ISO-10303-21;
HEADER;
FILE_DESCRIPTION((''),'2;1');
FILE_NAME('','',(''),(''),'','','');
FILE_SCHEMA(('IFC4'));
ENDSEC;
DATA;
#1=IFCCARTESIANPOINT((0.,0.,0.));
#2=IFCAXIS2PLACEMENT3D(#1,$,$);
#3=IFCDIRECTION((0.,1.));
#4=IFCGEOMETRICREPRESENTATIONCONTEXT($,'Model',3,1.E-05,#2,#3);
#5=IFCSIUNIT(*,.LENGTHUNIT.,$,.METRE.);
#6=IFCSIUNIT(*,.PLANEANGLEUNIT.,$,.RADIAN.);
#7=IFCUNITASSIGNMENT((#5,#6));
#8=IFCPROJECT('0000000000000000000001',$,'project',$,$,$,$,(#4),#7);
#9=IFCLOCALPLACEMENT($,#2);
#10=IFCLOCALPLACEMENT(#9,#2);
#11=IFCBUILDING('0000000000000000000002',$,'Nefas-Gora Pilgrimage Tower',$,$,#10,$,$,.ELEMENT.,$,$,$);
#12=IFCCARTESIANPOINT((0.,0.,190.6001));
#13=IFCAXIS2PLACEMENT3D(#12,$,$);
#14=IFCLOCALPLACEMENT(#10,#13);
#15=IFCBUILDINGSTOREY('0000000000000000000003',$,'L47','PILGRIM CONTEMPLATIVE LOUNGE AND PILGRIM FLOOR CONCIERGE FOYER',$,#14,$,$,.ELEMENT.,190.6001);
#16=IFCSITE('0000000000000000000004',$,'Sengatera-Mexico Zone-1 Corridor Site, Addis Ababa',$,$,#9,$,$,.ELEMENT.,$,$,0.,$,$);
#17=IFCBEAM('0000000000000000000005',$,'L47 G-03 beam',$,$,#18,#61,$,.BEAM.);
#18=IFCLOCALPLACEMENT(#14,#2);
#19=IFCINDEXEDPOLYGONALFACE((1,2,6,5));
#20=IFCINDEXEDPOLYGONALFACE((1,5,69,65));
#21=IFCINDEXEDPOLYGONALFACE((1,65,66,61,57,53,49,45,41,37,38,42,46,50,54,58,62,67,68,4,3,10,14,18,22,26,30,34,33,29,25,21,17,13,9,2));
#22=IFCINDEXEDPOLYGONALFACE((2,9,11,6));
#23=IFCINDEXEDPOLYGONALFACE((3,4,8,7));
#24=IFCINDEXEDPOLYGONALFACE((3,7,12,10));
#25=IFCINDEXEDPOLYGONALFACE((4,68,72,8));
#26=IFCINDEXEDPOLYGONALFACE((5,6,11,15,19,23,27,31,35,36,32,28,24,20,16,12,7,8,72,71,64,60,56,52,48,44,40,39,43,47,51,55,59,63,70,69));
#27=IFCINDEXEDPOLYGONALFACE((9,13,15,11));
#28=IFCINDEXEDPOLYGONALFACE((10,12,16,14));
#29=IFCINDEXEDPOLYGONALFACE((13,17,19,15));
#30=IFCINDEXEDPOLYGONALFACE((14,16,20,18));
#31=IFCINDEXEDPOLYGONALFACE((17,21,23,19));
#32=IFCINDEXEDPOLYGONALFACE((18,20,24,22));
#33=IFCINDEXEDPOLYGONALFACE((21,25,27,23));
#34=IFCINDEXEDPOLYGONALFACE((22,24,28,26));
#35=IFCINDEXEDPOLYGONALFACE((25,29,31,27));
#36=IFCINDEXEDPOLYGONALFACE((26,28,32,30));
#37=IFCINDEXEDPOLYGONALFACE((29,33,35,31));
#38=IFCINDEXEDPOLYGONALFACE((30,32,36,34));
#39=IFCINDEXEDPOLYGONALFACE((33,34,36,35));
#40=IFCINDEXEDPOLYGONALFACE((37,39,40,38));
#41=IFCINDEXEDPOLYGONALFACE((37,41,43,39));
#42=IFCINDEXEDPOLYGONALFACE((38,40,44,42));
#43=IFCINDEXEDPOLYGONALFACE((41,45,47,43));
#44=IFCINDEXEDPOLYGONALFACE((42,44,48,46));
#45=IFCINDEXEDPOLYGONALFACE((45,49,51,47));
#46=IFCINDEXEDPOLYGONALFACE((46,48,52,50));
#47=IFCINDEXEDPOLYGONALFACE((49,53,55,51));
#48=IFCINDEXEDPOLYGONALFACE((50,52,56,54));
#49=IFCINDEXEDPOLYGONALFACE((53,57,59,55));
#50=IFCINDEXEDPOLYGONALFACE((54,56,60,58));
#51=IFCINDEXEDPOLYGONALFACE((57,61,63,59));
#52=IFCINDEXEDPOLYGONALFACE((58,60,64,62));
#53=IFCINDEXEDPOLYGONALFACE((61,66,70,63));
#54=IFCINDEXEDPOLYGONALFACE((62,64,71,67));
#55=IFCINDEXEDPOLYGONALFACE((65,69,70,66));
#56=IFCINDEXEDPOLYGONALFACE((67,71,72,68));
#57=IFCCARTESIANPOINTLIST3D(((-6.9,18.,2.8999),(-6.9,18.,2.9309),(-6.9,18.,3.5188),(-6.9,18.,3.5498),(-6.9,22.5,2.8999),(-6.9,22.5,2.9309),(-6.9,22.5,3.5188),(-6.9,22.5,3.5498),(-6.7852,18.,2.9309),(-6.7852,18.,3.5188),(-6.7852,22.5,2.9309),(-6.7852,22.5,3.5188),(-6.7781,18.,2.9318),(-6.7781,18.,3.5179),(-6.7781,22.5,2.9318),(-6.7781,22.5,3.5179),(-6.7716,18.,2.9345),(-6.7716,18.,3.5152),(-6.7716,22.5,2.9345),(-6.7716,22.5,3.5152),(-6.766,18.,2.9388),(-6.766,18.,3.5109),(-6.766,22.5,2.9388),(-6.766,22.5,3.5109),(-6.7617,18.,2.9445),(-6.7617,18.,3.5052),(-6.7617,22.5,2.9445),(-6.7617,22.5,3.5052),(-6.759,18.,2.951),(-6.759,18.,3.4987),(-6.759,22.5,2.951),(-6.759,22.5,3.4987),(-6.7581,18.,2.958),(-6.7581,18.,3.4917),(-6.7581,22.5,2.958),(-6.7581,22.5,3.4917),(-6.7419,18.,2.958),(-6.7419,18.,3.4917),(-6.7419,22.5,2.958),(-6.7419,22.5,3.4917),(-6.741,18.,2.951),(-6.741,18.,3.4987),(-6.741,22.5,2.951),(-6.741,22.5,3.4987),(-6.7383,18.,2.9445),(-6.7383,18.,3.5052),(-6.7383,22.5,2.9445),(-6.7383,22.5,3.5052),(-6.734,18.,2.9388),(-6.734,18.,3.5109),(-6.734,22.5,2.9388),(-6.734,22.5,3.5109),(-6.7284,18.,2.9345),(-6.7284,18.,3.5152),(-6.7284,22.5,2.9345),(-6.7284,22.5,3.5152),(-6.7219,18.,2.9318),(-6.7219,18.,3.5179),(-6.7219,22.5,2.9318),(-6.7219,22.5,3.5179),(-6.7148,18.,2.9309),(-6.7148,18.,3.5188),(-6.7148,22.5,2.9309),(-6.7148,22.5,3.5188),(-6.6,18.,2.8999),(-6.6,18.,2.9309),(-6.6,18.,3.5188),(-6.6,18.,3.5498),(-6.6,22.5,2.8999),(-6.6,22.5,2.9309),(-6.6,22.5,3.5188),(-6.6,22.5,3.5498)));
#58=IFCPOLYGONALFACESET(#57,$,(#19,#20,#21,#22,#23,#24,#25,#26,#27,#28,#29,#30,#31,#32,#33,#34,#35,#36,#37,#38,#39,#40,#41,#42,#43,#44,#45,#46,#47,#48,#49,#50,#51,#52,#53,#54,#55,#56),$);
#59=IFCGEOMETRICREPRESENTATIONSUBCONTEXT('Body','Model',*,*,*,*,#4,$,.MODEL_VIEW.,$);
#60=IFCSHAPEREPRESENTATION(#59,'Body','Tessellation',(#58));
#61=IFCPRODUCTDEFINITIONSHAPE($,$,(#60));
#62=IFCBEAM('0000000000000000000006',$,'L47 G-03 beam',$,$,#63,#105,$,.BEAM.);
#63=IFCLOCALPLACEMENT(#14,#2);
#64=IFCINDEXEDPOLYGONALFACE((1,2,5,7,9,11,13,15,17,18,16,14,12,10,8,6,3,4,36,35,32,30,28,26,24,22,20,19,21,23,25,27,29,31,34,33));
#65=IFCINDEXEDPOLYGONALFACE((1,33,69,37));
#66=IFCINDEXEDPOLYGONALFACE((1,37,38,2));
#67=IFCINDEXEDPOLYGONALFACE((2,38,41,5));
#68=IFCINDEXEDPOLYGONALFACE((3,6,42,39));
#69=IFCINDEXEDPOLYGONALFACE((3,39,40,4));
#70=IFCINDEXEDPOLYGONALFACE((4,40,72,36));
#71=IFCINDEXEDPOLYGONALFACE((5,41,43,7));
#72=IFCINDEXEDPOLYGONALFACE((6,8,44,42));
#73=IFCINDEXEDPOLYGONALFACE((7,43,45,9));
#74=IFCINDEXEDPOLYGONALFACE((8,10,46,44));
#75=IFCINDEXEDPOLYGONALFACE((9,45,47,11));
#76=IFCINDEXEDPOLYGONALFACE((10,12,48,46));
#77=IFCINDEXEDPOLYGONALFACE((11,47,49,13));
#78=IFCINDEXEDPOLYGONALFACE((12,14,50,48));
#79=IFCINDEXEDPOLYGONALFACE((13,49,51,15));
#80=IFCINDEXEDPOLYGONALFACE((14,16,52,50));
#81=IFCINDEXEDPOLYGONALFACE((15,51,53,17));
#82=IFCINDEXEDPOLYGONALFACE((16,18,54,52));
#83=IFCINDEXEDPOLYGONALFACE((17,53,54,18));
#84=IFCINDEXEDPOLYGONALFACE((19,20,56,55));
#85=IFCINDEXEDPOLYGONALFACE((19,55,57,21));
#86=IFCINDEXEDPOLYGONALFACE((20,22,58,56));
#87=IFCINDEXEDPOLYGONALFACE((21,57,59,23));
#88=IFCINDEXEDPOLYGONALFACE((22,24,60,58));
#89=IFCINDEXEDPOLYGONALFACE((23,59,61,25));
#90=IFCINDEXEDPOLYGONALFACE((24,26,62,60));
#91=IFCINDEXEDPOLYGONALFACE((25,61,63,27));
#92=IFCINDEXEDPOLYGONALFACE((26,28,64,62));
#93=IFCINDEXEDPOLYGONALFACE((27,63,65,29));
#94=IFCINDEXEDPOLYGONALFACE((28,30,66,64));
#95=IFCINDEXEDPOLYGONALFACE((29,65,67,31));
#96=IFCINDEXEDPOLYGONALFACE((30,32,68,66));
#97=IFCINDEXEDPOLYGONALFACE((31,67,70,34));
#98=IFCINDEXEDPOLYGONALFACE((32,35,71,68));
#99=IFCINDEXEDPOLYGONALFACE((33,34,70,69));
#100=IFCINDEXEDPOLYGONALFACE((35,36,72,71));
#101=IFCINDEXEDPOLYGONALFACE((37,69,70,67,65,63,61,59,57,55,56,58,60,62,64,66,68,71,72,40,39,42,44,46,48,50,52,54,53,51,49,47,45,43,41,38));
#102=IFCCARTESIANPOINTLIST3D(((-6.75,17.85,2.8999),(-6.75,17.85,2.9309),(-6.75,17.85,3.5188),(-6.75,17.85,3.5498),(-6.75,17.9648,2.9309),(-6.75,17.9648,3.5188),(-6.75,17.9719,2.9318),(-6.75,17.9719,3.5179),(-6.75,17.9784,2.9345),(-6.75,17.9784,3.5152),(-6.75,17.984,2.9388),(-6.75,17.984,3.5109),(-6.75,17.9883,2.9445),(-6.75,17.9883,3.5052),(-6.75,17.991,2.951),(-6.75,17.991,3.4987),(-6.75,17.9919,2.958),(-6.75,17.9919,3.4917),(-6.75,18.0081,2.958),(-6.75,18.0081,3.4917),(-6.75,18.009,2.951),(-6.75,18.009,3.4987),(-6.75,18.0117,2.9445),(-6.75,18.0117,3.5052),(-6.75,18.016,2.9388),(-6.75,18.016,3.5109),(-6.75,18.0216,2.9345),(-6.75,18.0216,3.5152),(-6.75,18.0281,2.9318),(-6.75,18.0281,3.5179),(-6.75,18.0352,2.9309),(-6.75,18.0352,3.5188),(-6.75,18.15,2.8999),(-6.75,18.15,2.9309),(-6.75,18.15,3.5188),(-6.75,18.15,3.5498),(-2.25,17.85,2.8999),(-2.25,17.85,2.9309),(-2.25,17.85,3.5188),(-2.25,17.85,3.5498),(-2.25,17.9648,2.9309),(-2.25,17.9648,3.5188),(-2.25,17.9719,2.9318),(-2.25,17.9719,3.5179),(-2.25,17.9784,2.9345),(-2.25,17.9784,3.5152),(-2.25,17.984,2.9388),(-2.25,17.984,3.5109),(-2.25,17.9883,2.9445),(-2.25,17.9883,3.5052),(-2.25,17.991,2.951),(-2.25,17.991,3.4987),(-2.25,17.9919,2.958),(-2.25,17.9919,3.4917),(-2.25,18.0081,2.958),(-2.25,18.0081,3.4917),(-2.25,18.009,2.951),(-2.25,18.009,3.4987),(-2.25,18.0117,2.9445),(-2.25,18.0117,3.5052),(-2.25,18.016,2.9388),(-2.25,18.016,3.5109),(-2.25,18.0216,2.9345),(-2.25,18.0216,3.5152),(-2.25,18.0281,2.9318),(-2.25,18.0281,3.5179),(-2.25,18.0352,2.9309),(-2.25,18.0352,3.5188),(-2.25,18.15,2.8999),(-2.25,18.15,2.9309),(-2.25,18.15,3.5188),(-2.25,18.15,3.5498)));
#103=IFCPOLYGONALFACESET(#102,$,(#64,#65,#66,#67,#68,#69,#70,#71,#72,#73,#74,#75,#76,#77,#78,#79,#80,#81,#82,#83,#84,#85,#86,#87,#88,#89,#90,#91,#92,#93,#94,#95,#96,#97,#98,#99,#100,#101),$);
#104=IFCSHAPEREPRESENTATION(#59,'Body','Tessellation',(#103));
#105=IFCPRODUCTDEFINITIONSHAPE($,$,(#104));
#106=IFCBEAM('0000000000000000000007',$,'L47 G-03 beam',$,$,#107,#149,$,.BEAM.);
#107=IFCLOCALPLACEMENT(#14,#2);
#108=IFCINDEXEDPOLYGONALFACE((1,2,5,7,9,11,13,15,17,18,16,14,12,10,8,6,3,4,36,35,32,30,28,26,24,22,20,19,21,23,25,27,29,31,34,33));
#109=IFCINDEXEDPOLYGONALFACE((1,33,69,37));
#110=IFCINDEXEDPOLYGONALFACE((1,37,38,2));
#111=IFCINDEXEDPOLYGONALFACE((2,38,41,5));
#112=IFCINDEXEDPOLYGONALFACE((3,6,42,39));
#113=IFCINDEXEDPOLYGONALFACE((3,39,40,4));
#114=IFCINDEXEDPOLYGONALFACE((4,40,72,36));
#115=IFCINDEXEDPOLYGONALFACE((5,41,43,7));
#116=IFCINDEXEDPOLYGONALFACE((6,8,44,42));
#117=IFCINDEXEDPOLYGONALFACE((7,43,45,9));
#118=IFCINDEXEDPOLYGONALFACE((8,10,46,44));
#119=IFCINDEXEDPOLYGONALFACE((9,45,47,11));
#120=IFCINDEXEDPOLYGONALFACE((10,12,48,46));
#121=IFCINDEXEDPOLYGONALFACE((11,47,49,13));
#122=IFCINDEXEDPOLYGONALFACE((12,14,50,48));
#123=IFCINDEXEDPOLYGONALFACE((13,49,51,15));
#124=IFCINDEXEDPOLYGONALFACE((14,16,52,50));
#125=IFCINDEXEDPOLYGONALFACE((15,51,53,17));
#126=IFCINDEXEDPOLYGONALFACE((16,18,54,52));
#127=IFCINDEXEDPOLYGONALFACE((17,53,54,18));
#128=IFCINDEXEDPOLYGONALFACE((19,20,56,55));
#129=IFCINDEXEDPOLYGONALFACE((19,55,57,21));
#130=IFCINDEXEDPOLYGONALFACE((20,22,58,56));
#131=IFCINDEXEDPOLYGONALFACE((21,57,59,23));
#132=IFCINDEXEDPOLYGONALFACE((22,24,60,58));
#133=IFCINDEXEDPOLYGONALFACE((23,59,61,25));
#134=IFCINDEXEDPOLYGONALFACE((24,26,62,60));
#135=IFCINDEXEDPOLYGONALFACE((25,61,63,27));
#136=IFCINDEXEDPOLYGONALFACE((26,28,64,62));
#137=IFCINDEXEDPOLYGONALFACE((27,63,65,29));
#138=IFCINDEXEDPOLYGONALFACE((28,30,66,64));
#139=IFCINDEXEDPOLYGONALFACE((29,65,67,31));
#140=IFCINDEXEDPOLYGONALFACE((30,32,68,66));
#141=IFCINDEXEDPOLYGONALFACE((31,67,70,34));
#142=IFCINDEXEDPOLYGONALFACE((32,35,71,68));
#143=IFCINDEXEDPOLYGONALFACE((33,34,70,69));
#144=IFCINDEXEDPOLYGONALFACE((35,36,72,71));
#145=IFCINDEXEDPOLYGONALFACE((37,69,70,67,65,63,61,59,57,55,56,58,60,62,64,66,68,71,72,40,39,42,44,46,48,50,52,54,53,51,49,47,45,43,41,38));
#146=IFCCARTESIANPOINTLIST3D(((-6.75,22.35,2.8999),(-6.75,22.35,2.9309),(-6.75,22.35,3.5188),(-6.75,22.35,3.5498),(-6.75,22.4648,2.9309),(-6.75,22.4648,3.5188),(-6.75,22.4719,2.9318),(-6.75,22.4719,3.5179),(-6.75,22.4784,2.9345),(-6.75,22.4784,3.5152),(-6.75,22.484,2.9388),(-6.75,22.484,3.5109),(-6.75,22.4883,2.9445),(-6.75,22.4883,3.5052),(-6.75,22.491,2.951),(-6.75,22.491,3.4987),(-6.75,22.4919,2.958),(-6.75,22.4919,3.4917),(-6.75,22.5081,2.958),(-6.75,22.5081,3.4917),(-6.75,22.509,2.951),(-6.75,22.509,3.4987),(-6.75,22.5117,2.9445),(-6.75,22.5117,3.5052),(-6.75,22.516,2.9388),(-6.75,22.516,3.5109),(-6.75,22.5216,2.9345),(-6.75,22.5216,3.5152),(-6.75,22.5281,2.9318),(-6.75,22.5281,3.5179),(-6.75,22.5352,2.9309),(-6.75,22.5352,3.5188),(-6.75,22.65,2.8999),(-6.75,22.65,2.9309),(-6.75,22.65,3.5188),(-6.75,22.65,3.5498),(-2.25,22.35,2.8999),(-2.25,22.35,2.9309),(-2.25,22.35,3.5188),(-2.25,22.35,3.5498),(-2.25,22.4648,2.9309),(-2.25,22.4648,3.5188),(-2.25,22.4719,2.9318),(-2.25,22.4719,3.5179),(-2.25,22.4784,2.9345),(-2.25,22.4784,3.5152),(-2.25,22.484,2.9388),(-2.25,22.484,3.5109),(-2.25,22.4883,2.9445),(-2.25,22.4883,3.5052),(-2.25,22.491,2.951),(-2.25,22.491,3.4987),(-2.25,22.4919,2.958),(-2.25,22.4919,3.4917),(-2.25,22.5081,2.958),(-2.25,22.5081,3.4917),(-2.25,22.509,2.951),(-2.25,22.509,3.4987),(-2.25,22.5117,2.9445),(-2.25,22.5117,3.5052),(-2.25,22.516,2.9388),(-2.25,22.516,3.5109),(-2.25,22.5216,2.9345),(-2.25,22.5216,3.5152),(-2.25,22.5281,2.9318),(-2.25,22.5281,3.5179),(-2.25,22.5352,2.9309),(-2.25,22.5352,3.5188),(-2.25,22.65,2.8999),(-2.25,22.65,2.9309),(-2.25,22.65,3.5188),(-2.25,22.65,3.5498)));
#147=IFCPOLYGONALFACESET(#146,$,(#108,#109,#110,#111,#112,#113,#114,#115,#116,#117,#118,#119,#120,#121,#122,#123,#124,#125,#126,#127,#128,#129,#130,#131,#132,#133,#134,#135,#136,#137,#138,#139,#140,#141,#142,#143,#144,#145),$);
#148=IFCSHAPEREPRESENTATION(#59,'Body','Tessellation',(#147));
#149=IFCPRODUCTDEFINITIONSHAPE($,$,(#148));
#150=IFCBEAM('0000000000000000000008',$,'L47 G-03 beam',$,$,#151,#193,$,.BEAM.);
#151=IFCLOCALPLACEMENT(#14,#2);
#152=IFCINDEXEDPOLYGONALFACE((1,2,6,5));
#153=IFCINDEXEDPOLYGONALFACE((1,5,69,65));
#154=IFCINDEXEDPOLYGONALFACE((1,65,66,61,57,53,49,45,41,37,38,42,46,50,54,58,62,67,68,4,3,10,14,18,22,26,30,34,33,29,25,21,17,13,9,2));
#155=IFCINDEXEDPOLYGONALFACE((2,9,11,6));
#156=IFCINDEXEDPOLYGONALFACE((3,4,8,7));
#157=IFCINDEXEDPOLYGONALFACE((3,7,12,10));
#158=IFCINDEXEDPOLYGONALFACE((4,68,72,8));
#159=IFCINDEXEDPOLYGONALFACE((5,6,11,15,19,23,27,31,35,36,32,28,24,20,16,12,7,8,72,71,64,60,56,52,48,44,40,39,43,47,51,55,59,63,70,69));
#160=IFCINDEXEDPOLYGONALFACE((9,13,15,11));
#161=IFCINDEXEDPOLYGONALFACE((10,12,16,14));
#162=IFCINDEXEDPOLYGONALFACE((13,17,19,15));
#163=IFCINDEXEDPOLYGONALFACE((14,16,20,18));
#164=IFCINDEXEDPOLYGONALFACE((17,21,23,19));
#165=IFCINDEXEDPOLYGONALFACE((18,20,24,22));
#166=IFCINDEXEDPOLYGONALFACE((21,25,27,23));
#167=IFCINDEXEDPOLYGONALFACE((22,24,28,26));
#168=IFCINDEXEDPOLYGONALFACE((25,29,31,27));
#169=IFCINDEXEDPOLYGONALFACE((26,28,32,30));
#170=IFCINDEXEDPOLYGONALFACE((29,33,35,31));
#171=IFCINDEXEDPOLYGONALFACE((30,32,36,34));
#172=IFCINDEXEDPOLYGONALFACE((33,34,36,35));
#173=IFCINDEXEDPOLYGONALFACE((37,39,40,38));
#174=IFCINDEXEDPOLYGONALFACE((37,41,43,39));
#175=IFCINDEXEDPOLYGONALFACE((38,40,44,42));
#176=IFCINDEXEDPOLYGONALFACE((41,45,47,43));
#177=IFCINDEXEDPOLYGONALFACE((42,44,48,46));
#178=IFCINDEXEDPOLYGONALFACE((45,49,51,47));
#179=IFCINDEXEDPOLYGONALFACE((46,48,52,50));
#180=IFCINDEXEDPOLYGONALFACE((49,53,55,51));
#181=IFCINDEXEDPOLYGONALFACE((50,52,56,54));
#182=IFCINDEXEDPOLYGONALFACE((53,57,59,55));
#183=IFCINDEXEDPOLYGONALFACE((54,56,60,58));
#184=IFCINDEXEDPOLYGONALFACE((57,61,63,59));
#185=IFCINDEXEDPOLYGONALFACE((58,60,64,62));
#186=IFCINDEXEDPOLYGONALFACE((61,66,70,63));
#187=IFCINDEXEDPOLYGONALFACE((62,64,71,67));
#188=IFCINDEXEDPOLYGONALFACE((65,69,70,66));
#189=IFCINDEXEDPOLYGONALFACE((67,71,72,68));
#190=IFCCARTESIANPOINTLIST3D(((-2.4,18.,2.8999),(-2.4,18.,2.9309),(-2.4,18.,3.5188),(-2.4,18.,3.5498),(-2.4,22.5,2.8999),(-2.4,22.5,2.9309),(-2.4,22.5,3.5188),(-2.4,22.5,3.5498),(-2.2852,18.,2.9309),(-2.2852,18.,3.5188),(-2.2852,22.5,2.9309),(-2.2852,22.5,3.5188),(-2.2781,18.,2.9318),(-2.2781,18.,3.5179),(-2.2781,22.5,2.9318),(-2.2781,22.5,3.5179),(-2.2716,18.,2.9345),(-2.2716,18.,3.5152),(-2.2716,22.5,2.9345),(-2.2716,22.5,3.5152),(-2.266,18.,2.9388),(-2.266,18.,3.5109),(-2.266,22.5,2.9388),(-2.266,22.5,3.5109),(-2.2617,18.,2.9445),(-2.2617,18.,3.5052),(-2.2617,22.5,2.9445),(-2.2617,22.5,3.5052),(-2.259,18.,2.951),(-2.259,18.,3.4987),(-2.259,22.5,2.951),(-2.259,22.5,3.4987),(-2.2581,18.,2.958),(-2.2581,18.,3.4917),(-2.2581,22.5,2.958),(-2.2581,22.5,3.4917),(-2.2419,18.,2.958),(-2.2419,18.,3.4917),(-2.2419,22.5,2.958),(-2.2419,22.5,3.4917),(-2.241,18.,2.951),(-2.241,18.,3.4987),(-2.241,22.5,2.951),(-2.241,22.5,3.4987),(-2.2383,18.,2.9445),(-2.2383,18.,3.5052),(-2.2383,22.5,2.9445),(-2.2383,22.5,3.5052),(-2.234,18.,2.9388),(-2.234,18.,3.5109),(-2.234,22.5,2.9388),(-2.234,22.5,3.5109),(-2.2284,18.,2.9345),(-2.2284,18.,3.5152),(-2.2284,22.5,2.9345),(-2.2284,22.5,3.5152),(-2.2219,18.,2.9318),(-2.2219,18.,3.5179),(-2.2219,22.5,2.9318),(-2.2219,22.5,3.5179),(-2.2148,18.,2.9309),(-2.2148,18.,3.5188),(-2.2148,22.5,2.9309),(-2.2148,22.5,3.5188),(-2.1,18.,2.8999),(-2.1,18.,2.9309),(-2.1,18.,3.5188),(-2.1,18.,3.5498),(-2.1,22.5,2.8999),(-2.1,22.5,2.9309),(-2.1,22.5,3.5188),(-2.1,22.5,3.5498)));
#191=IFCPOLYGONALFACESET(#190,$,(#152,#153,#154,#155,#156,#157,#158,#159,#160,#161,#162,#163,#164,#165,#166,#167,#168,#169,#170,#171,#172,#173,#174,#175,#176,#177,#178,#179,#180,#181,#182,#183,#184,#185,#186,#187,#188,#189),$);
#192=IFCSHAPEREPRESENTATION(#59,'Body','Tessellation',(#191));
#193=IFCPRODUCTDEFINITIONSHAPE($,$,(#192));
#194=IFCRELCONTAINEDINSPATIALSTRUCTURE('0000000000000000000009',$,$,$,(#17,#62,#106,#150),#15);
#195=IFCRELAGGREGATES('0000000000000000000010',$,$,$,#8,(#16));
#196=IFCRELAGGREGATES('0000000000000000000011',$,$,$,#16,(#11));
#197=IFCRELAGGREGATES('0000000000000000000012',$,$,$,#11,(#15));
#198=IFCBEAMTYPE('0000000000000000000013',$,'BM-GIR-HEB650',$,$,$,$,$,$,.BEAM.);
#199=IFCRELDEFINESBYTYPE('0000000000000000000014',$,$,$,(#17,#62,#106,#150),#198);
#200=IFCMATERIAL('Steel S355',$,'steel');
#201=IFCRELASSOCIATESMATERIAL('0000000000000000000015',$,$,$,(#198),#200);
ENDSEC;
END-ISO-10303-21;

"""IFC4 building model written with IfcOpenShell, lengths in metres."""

from ifc_helpers import new_model, si_unit, direction, frame, origin, origin_2d, place, context, subcontext, project, spatial, i_section, extrude, source, transform, mapped, material, material_profile, profile_set, type_object, element, save


model = new_model("IFC4")

# Units and contexts
model_context = context("Model", 3, precision=1e-05, world=origin(), true_north=direction((0.0, 1.0)))
body_context = subcontext(model_context, "Body", "Model", "MODEL_VIEW")
ifc_project = project(units=[si_unit("LENGTHUNIT", "METRE"), si_unit("PLANEANGLEUNIT", "RADIAN")], contexts=[model_context])

# Site, building, storey
site_placement = place(None, origin())
site = spatial("IfcSite", under=ifc_project, at=site_placement, Name="Sengatera-Mexico Zone-1 Corridor Site, Addis Ababa", CompositionType="ELEMENT", RefElevation=0.0)
building_placement = place(site_placement, origin())
building = spatial("IfcBuilding", under=site, at=building_placement, Name="Nefas-Gora Pilgrimage Tower", CompositionType="ELEMENT")
storey_placement = place(building_placement, frame((0.0, 0.0, 190.6001)))
storey = spatial("IfcBuildingStorey", under=building, at=storey_placement, Name="L47", Description="PILGRIM CONTEMPLATIVE LOUNGE AND PILGRIM FLOOR CONCIERGE FOYER", CompositionType="ELEMENT", Elevation=190.6001)

# Beams
ifc_material_1 = material(Name="Steel S355", Category="steel")
ifc_material_profile_1 = material_profile(ifc_material_1, i_section(OverallWidth=0.3, OverallDepth=0.6499, WebThickness=0.0161, FlangeThickness=0.031, FilletRadius=0.0271, at=origin_2d()), Name="HEB 650")
ifc_profile_set_1 = profile_set([ifc_material_profile_1], Name="Steel S355")
beam_type = type_object("IfcBeamType", Name="BM-GIR-HEB650", PredefinedType="BEAM", material=ifc_profile_set_1)
shared_shape_1 = source(origin(), body_context, "Body", "SweptSolid", [
    extrude(i_section(OverallWidth=0.3, OverallDepth=0.6499, WebThickness=0.0161, FlangeThickness=0.031, FilletRadius=0.0271, at=origin_2d()), origin(), (0.0, 0.0, 1.0), 4.5),
])
for number, where, z_axis, x_axis, name in (
    (1, (-6.75, 18.0, 3.2249), (0.0, 1.0, 0.0), (-1.0, 0.0, 0.0), "L47 G-03 beam"),
    (2, (-6.75, 18.0, 3.2249), (1.0, 0.0, 0.0), (0.0, 1.0, 0.0), "L47 G-03 beam"),
    (3, (-6.75, 22.5, 3.2249), (1.0, 0.0, 0.0), (0.0, 1.0, 0.0), "L47 G-03 beam"),
    (4, (-2.25, 18.0, 3.2249), (0.0, 1.0, 0.0), (-1.0, 0.0, 0.0), "L47 G-03 beam"),
):
    element("IfcBeam", number, at=place(storey_placement, frame(where, z_axis=z_axis, x_axis=x_axis)), inside=storey, type_object=beam_type, Name=name, PredefinedType="BEAM", context=body_context, shape_type="MappedRepresentation", body=[
        mapped(shared_shape_1, transform((0.0, 0.0, 0.0), x_axis=(1.0, 0.0, 0.0), y_axis=(0.0, 1.0, 0.0), z_axis=(0.0, 0.0, 1.0), scale=1.0)),
    ])

save(model, "model.ifc")
